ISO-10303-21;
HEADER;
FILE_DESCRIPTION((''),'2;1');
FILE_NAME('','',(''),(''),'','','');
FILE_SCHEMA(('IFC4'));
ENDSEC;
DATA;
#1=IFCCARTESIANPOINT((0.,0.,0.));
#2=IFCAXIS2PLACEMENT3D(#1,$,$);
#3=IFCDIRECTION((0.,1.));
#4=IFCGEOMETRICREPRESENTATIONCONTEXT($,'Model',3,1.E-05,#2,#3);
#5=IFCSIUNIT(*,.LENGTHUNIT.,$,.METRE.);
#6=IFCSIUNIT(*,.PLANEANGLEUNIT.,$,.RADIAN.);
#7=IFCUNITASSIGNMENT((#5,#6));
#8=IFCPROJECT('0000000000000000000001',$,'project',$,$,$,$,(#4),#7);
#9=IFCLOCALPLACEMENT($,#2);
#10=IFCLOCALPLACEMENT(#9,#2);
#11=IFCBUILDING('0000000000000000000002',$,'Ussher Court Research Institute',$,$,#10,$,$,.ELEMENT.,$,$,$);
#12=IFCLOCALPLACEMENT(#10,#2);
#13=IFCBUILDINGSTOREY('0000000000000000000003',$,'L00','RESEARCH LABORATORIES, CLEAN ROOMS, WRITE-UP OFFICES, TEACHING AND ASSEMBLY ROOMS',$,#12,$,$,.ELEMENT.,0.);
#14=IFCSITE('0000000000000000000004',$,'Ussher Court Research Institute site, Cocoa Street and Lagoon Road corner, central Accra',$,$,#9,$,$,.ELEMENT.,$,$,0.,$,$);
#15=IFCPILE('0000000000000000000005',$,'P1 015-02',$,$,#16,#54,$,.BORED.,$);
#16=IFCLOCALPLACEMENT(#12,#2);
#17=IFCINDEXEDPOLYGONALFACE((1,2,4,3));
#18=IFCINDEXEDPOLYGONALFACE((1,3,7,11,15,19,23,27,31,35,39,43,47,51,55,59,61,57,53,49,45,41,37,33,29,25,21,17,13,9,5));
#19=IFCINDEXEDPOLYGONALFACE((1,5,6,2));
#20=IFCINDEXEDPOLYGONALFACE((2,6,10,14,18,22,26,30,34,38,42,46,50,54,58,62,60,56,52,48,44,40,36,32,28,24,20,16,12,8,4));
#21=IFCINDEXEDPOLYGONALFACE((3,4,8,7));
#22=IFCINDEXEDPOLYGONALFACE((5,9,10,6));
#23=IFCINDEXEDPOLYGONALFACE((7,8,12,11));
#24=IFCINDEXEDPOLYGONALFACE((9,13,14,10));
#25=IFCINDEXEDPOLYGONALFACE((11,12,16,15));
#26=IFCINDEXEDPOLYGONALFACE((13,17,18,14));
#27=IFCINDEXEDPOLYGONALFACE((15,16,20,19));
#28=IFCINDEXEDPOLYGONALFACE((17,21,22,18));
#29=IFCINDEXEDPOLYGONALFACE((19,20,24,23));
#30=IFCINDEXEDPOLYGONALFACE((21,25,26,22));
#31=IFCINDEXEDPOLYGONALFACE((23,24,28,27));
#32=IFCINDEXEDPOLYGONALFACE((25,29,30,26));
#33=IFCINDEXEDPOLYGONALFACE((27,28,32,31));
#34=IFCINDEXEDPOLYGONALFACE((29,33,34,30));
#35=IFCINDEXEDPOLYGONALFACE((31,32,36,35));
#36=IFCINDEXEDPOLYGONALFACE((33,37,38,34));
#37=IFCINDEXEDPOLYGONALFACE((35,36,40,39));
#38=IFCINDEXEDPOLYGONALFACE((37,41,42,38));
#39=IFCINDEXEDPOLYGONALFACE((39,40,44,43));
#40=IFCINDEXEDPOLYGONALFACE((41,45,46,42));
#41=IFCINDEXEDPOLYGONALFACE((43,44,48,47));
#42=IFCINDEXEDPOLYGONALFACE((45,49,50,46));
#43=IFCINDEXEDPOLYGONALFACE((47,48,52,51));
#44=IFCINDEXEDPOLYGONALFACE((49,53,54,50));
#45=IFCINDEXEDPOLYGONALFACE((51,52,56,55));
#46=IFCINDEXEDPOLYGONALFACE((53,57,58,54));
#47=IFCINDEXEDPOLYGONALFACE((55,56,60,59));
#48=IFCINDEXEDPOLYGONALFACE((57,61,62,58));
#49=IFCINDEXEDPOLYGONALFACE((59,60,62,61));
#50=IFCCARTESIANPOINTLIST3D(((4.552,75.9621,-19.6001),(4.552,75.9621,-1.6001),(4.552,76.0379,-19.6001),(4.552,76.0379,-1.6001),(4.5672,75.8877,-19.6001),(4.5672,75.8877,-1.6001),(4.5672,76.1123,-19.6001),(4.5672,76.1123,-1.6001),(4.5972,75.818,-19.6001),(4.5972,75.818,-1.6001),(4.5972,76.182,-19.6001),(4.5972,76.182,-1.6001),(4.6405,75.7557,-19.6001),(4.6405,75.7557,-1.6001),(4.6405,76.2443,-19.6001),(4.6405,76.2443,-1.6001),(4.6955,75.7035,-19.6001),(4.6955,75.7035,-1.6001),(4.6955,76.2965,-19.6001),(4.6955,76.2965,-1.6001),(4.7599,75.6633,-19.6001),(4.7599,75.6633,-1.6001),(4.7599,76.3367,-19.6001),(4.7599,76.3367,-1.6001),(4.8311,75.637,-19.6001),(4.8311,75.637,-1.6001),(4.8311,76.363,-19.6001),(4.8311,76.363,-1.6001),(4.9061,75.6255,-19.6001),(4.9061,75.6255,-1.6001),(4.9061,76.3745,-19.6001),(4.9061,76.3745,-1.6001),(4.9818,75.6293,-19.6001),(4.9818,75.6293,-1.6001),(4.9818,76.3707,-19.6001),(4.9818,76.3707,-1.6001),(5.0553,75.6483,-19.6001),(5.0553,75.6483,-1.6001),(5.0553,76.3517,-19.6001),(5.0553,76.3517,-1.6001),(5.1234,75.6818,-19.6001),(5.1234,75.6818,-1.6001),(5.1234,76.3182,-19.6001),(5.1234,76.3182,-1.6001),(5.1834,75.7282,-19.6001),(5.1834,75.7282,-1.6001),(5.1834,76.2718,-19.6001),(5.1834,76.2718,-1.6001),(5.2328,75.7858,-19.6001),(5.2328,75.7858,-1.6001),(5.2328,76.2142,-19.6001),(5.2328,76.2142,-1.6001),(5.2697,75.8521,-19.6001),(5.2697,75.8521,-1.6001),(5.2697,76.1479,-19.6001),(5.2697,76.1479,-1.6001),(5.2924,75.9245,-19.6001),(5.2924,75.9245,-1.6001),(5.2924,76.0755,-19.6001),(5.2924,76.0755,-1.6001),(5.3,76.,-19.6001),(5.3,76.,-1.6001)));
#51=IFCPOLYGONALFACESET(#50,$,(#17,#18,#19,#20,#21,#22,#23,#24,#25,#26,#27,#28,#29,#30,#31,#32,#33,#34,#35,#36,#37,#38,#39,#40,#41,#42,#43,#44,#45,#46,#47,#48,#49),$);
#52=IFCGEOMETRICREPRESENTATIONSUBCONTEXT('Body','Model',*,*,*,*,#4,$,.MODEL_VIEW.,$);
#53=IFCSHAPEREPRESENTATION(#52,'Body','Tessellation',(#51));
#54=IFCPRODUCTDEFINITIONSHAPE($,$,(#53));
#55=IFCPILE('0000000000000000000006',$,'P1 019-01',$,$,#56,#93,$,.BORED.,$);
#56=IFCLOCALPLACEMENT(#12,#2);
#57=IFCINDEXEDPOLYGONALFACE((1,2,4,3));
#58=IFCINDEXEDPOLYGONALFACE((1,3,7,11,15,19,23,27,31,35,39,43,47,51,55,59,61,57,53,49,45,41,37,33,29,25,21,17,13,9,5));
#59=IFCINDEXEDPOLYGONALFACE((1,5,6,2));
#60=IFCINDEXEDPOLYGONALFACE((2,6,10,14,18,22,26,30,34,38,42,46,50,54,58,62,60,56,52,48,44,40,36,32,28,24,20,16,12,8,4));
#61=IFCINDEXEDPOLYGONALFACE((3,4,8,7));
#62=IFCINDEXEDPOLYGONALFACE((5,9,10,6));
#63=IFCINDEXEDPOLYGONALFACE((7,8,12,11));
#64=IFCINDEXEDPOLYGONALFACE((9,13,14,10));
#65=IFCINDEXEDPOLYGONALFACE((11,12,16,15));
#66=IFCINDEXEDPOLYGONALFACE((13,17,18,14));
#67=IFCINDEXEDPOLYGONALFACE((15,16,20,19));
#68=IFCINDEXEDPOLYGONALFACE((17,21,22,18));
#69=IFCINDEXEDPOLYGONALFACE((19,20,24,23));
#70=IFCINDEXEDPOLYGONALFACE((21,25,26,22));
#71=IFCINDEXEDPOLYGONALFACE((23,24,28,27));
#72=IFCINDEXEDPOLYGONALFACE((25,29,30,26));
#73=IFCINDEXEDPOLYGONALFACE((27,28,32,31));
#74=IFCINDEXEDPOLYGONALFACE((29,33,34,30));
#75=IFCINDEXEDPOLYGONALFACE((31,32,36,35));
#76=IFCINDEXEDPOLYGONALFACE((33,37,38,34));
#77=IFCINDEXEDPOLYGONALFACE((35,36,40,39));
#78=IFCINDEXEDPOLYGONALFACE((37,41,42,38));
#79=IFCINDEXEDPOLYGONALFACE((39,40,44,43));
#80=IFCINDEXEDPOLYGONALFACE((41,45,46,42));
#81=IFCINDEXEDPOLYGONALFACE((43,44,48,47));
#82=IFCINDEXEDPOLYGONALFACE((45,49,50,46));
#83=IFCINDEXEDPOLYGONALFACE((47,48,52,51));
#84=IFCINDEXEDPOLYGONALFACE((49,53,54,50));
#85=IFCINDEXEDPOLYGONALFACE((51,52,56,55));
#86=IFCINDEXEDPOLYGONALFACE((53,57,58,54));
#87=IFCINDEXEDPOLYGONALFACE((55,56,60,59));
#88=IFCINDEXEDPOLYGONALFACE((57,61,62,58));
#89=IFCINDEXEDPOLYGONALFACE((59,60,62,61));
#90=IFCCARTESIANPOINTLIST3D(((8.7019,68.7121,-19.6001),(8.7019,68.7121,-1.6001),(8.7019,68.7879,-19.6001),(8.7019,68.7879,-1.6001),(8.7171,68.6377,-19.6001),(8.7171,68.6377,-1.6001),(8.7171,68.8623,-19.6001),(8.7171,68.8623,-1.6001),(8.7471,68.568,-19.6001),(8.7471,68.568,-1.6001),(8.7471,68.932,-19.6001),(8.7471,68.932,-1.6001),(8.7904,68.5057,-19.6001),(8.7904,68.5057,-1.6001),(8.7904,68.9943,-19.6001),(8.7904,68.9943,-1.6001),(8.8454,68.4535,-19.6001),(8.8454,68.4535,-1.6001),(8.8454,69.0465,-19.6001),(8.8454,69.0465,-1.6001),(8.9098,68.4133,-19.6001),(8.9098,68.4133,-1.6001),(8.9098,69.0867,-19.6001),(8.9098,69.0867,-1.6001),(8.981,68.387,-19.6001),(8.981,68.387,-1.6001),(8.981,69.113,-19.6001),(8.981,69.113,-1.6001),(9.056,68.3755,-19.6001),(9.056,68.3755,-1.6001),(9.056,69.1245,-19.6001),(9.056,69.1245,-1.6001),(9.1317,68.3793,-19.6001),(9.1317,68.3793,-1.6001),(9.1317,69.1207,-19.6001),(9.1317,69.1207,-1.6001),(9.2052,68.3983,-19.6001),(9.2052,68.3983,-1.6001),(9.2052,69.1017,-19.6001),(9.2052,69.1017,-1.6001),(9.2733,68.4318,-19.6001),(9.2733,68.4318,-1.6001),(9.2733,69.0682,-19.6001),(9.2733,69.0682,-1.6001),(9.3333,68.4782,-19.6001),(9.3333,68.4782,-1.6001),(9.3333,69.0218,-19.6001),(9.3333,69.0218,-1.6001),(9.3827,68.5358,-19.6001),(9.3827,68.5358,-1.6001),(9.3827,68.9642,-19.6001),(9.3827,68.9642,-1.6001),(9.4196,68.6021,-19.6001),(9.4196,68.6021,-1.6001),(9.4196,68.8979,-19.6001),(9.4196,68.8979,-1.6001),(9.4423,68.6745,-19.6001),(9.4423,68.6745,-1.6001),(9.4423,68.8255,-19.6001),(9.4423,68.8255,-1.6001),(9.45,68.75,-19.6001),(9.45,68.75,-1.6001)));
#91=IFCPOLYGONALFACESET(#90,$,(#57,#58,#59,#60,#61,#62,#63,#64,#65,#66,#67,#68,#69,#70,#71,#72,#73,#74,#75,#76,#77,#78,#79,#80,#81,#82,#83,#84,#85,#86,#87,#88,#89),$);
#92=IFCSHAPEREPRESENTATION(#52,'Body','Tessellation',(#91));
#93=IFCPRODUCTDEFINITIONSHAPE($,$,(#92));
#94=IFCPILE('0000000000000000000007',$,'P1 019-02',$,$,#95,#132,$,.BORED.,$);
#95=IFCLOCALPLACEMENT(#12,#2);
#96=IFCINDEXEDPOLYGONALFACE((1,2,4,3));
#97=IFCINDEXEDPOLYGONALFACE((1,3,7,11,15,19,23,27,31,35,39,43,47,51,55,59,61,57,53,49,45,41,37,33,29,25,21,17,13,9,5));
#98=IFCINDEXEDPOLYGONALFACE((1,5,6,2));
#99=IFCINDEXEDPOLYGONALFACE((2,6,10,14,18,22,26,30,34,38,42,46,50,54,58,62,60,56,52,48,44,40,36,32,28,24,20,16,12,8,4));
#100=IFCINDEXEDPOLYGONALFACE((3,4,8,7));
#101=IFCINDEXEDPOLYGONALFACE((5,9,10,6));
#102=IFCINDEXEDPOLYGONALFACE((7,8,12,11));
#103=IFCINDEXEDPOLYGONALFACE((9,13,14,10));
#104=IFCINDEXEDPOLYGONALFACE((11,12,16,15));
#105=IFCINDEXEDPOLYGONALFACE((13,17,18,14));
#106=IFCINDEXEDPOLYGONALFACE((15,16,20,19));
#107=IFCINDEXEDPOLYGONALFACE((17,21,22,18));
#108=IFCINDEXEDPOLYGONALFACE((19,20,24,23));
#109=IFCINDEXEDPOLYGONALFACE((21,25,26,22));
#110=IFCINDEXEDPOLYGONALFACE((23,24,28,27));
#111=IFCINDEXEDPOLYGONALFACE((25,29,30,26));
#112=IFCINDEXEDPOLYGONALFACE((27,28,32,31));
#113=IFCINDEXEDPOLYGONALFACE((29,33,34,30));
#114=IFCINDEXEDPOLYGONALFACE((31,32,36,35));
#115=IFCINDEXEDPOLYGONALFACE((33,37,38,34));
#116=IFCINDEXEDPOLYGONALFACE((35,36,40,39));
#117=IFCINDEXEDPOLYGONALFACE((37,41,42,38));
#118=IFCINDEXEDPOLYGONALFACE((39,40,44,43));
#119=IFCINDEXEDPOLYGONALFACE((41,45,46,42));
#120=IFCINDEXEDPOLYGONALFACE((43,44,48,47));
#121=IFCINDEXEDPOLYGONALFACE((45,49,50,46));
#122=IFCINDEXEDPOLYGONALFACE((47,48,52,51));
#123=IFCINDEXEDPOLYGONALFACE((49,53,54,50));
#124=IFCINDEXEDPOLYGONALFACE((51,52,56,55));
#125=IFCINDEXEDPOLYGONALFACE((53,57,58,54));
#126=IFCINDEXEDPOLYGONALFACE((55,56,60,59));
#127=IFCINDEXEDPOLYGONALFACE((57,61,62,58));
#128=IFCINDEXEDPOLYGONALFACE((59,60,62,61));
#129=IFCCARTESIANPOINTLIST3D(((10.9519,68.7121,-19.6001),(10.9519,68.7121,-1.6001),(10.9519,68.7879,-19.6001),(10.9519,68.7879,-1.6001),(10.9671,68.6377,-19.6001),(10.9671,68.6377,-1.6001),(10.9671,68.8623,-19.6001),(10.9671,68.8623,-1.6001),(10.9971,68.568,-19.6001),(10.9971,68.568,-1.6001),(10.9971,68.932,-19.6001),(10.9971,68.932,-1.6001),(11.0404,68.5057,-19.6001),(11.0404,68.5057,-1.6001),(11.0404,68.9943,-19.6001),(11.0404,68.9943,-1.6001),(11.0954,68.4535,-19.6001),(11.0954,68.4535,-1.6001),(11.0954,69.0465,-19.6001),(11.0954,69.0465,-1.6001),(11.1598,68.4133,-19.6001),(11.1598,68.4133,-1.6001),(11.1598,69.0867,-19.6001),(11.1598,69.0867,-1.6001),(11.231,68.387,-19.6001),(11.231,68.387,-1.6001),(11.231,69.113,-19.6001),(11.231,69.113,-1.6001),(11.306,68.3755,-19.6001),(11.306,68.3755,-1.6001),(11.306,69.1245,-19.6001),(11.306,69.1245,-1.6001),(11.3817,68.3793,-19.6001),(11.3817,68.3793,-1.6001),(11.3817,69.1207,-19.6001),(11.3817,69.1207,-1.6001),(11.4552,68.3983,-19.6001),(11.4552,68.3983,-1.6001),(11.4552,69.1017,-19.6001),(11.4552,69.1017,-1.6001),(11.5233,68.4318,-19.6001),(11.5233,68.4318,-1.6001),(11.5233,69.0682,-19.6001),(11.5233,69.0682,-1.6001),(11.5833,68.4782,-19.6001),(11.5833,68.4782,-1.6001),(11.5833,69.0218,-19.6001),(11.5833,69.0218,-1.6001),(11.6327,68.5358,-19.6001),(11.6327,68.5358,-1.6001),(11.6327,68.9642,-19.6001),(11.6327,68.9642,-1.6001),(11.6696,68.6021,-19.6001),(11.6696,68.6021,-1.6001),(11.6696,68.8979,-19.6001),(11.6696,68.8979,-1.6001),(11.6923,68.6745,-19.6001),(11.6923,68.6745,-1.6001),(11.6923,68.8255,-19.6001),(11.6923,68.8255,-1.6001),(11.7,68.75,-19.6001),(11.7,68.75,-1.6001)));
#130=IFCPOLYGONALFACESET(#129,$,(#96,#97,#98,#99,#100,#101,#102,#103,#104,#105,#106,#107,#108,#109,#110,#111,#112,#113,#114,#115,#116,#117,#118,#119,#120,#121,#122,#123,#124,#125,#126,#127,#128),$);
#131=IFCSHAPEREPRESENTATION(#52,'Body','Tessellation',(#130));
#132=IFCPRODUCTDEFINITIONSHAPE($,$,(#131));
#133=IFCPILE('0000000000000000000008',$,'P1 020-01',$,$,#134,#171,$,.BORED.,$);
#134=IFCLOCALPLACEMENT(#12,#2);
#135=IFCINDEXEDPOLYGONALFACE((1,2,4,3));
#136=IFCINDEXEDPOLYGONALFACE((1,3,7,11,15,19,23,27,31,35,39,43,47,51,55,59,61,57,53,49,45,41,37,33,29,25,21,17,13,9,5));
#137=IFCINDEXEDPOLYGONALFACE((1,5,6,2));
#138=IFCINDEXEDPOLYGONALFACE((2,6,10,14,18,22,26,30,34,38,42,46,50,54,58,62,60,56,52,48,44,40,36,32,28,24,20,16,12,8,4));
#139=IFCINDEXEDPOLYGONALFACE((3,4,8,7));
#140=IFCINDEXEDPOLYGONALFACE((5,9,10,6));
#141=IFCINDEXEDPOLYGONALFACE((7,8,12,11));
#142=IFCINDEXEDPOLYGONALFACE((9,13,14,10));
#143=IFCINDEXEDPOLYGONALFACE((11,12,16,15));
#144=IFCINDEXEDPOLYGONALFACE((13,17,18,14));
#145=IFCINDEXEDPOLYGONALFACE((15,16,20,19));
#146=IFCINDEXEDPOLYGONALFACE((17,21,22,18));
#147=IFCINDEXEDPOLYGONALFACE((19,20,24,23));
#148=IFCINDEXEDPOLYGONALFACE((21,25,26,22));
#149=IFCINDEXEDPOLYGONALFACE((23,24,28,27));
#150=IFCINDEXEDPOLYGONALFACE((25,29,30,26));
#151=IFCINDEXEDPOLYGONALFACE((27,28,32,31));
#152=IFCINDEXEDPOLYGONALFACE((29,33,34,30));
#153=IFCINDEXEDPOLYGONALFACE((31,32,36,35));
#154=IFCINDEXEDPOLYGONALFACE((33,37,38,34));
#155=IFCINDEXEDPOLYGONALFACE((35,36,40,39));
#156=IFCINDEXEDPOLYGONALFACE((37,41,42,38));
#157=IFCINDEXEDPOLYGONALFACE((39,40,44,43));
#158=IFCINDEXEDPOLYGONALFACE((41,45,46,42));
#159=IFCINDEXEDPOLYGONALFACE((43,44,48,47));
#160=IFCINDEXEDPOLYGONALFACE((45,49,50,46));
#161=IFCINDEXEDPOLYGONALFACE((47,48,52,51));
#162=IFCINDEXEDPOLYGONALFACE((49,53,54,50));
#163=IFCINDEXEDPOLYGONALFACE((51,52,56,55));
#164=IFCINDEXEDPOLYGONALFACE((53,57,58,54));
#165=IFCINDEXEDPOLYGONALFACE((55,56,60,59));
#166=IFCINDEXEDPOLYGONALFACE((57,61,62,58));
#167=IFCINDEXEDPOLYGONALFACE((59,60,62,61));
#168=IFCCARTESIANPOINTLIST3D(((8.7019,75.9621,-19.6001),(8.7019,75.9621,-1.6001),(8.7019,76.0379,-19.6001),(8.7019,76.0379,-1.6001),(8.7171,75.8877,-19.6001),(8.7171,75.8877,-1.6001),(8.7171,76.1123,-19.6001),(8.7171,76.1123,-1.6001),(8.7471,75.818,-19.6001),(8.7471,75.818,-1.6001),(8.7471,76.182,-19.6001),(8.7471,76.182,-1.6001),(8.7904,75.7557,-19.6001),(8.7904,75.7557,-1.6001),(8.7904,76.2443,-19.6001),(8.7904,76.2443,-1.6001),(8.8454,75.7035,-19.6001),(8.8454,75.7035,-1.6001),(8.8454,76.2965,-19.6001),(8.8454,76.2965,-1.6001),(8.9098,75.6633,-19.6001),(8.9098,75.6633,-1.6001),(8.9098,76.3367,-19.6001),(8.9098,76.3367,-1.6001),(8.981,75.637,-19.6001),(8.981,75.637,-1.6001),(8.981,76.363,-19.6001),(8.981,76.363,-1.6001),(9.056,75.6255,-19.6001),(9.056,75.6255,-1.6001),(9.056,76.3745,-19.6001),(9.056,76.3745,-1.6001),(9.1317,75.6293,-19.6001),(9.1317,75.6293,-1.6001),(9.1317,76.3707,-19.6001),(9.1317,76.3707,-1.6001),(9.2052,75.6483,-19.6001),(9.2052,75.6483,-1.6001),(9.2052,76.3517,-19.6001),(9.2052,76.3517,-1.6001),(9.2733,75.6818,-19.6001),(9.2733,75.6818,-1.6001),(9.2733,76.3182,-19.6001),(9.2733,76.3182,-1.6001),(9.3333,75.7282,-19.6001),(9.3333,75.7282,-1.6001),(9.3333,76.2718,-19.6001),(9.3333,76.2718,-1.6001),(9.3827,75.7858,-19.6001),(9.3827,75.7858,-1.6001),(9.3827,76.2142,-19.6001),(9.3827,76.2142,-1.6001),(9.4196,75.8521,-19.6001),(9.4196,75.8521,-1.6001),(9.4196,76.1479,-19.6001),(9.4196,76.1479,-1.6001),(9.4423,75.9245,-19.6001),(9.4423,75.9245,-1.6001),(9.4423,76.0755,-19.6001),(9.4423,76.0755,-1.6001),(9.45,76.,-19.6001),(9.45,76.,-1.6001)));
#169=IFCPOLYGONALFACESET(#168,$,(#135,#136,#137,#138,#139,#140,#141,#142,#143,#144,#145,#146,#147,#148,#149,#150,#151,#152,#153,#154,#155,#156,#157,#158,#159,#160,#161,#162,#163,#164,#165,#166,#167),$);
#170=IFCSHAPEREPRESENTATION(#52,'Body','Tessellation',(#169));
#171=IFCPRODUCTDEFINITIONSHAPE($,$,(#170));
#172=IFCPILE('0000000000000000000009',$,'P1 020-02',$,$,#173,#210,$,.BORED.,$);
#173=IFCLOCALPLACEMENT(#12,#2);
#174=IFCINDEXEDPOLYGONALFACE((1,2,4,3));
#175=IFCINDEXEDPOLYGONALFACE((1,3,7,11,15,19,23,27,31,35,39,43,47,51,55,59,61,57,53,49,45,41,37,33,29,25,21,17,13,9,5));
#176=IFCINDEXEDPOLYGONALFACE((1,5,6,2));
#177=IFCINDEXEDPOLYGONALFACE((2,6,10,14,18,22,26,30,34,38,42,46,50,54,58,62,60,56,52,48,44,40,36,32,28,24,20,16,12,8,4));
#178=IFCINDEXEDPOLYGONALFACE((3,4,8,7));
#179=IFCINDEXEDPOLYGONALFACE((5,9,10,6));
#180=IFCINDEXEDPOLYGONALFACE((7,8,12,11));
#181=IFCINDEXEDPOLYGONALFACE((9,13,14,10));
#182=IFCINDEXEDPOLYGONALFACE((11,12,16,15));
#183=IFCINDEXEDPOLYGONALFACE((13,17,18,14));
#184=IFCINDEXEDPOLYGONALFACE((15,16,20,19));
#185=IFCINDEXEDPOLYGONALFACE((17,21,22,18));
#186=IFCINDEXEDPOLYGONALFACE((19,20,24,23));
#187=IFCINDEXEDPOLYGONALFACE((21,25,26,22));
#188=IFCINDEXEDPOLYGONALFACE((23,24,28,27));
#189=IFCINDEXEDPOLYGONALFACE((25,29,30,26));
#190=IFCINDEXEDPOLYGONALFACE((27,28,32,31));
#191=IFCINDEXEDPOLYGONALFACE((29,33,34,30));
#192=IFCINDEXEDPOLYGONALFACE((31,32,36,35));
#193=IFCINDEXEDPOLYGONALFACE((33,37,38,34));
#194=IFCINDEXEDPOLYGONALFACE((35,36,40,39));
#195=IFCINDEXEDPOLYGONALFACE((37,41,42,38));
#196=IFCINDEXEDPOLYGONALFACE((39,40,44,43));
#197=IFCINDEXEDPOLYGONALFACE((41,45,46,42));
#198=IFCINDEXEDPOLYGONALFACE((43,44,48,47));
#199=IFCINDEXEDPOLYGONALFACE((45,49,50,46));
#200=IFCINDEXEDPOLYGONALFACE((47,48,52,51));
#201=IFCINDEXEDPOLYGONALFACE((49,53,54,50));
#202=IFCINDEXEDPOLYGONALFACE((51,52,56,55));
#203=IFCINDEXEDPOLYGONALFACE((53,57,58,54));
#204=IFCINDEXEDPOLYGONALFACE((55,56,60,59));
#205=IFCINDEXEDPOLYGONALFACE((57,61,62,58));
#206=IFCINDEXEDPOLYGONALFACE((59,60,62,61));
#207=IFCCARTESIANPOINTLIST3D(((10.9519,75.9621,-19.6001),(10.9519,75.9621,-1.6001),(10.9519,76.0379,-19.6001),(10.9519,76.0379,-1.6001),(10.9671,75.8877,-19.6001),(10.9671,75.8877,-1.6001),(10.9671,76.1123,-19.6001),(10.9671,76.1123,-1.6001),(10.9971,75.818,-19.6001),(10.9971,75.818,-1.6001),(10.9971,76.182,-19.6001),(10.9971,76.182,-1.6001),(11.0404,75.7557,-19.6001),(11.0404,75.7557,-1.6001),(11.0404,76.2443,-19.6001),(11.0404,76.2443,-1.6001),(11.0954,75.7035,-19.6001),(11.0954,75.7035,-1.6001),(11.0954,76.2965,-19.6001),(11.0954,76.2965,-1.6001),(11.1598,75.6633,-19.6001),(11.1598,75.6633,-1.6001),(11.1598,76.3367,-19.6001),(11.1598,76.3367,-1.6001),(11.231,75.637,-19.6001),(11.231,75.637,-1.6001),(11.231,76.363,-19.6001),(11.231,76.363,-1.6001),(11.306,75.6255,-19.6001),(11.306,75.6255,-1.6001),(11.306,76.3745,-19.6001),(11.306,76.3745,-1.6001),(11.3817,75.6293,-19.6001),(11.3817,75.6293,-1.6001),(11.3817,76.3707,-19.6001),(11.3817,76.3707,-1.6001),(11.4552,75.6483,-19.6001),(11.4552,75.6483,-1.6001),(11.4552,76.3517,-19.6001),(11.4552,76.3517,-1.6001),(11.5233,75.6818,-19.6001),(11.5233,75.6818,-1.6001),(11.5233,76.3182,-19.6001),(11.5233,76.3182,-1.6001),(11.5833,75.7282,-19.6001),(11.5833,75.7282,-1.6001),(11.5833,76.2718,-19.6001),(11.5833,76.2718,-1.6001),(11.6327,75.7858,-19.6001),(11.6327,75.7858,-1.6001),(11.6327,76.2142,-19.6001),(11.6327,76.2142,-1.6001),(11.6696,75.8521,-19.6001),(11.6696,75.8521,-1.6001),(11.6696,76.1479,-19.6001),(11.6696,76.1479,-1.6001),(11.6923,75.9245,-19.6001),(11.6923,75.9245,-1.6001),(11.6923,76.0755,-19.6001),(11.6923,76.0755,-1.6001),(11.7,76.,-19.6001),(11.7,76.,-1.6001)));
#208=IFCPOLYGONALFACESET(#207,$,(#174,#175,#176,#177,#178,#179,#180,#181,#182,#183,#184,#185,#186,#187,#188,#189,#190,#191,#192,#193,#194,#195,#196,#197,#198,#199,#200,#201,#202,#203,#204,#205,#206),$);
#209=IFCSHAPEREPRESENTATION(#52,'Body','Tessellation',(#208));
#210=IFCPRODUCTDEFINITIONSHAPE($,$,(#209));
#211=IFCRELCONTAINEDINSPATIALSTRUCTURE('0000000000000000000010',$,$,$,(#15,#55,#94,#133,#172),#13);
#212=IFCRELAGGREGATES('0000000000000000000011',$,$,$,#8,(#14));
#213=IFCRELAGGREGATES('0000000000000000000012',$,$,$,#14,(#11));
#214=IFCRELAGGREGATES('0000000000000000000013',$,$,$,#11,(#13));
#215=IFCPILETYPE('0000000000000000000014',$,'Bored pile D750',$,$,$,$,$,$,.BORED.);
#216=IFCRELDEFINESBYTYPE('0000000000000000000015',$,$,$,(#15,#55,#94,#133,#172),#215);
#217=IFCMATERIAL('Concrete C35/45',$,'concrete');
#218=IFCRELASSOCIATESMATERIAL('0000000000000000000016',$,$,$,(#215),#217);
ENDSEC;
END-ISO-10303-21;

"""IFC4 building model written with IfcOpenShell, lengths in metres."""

from ifc_helpers import new_model, si_unit, direction, frame, origin, origin_2d, place, context, subcontext, project, spatial, circle, extrude, material, material_profile, profile_set, type_object, element, save


model = new_model("IFC4")

# Units and contexts
model_context = context("Model", 3, precision=1e-05, world=origin(), true_north=direction((0.0, 1.0)))
body_context = subcontext(model_context, "Body", "Model", "MODEL_VIEW")
ifc_project = project(units=[si_unit("LENGTHUNIT", "METRE"), si_unit("PLANEANGLEUNIT", "RADIAN")], contexts=[model_context])

# Site, building, storey
site_placement = place(None, origin())
site = spatial("IfcSite", under=ifc_project, at=site_placement, Name="Ussher Court Research Institute site, Cocoa Street and Lagoon Road corner, central Accra", CompositionType="ELEMENT", RefElevation=0.0)
building_placement = place(site_placement, origin())
building = spatial("IfcBuilding", under=site, at=building_placement, Name="Ussher Court Research Institute", CompositionType="ELEMENT")
storey_placement = place(building_placement, origin())
storey = spatial("IfcBuildingStorey", under=building, at=storey_placement, Name="L00", Description="RESEARCH LABORATORIES, CLEAN ROOMS, WRITE-UP OFFICES, TEACHING AND ASSEMBLY ROOMS", CompositionType="ELEMENT", Elevation=0.0)

# Piles
ifc_material_1 = material(Name="Concrete C35/45", Category="concrete")
ifc_material_profile_1 = material_profile(ifc_material_1, circle(Radius=0.375, at=origin_2d()), Name="RC D750")
ifc_profile_set_1 = profile_set([ifc_material_profile_1], Name="Concrete C35/45")
pile_type = type_object("IfcPileType", Name="Bored pile D750", PredefinedType="BORED", material=ifc_profile_set_1)
for number, where, z_axis, x_axis, name in (
    (1, (4.925, 76.0, -1.6001), (0.0, 0.0, -1.0), (1.0, 0.0, 0.0), "P1 015-02"),
    (2, (9.075, 68.75, -1.6001), (0.0, 0.0, -1.0), (1.0, 0.0, 0.0), "P1 019-01"),
    (3, (11.325, 68.75, -1.6001), (0.0, 0.0, -1.0), (1.0, 0.0, 0.0), "P1 019-02"),
    (4, (9.075, 76.0, -1.6001), (0.0, 0.0, -1.0), (1.0, 0.0, 0.0), "P1 020-01"),
    (5, (11.325, 76.0, -1.6001), (0.0, 0.0, -1.0), (1.0, 0.0, 0.0), "P1 020-02"),
):
    element("IfcPile", number, at=place(storey_placement, frame(where, z_axis=z_axis, x_axis=x_axis)), inside=storey, type_object=pile_type, Name=name, PredefinedType="BORED", context=body_context, shape_type="SweptSolid", body=[
        extrude(circle(Radius=0.375, at=origin_2d()), origin(), (0.0, 0.0, 1.0), 18.0),
    ])

save(model, "model.ifc")
